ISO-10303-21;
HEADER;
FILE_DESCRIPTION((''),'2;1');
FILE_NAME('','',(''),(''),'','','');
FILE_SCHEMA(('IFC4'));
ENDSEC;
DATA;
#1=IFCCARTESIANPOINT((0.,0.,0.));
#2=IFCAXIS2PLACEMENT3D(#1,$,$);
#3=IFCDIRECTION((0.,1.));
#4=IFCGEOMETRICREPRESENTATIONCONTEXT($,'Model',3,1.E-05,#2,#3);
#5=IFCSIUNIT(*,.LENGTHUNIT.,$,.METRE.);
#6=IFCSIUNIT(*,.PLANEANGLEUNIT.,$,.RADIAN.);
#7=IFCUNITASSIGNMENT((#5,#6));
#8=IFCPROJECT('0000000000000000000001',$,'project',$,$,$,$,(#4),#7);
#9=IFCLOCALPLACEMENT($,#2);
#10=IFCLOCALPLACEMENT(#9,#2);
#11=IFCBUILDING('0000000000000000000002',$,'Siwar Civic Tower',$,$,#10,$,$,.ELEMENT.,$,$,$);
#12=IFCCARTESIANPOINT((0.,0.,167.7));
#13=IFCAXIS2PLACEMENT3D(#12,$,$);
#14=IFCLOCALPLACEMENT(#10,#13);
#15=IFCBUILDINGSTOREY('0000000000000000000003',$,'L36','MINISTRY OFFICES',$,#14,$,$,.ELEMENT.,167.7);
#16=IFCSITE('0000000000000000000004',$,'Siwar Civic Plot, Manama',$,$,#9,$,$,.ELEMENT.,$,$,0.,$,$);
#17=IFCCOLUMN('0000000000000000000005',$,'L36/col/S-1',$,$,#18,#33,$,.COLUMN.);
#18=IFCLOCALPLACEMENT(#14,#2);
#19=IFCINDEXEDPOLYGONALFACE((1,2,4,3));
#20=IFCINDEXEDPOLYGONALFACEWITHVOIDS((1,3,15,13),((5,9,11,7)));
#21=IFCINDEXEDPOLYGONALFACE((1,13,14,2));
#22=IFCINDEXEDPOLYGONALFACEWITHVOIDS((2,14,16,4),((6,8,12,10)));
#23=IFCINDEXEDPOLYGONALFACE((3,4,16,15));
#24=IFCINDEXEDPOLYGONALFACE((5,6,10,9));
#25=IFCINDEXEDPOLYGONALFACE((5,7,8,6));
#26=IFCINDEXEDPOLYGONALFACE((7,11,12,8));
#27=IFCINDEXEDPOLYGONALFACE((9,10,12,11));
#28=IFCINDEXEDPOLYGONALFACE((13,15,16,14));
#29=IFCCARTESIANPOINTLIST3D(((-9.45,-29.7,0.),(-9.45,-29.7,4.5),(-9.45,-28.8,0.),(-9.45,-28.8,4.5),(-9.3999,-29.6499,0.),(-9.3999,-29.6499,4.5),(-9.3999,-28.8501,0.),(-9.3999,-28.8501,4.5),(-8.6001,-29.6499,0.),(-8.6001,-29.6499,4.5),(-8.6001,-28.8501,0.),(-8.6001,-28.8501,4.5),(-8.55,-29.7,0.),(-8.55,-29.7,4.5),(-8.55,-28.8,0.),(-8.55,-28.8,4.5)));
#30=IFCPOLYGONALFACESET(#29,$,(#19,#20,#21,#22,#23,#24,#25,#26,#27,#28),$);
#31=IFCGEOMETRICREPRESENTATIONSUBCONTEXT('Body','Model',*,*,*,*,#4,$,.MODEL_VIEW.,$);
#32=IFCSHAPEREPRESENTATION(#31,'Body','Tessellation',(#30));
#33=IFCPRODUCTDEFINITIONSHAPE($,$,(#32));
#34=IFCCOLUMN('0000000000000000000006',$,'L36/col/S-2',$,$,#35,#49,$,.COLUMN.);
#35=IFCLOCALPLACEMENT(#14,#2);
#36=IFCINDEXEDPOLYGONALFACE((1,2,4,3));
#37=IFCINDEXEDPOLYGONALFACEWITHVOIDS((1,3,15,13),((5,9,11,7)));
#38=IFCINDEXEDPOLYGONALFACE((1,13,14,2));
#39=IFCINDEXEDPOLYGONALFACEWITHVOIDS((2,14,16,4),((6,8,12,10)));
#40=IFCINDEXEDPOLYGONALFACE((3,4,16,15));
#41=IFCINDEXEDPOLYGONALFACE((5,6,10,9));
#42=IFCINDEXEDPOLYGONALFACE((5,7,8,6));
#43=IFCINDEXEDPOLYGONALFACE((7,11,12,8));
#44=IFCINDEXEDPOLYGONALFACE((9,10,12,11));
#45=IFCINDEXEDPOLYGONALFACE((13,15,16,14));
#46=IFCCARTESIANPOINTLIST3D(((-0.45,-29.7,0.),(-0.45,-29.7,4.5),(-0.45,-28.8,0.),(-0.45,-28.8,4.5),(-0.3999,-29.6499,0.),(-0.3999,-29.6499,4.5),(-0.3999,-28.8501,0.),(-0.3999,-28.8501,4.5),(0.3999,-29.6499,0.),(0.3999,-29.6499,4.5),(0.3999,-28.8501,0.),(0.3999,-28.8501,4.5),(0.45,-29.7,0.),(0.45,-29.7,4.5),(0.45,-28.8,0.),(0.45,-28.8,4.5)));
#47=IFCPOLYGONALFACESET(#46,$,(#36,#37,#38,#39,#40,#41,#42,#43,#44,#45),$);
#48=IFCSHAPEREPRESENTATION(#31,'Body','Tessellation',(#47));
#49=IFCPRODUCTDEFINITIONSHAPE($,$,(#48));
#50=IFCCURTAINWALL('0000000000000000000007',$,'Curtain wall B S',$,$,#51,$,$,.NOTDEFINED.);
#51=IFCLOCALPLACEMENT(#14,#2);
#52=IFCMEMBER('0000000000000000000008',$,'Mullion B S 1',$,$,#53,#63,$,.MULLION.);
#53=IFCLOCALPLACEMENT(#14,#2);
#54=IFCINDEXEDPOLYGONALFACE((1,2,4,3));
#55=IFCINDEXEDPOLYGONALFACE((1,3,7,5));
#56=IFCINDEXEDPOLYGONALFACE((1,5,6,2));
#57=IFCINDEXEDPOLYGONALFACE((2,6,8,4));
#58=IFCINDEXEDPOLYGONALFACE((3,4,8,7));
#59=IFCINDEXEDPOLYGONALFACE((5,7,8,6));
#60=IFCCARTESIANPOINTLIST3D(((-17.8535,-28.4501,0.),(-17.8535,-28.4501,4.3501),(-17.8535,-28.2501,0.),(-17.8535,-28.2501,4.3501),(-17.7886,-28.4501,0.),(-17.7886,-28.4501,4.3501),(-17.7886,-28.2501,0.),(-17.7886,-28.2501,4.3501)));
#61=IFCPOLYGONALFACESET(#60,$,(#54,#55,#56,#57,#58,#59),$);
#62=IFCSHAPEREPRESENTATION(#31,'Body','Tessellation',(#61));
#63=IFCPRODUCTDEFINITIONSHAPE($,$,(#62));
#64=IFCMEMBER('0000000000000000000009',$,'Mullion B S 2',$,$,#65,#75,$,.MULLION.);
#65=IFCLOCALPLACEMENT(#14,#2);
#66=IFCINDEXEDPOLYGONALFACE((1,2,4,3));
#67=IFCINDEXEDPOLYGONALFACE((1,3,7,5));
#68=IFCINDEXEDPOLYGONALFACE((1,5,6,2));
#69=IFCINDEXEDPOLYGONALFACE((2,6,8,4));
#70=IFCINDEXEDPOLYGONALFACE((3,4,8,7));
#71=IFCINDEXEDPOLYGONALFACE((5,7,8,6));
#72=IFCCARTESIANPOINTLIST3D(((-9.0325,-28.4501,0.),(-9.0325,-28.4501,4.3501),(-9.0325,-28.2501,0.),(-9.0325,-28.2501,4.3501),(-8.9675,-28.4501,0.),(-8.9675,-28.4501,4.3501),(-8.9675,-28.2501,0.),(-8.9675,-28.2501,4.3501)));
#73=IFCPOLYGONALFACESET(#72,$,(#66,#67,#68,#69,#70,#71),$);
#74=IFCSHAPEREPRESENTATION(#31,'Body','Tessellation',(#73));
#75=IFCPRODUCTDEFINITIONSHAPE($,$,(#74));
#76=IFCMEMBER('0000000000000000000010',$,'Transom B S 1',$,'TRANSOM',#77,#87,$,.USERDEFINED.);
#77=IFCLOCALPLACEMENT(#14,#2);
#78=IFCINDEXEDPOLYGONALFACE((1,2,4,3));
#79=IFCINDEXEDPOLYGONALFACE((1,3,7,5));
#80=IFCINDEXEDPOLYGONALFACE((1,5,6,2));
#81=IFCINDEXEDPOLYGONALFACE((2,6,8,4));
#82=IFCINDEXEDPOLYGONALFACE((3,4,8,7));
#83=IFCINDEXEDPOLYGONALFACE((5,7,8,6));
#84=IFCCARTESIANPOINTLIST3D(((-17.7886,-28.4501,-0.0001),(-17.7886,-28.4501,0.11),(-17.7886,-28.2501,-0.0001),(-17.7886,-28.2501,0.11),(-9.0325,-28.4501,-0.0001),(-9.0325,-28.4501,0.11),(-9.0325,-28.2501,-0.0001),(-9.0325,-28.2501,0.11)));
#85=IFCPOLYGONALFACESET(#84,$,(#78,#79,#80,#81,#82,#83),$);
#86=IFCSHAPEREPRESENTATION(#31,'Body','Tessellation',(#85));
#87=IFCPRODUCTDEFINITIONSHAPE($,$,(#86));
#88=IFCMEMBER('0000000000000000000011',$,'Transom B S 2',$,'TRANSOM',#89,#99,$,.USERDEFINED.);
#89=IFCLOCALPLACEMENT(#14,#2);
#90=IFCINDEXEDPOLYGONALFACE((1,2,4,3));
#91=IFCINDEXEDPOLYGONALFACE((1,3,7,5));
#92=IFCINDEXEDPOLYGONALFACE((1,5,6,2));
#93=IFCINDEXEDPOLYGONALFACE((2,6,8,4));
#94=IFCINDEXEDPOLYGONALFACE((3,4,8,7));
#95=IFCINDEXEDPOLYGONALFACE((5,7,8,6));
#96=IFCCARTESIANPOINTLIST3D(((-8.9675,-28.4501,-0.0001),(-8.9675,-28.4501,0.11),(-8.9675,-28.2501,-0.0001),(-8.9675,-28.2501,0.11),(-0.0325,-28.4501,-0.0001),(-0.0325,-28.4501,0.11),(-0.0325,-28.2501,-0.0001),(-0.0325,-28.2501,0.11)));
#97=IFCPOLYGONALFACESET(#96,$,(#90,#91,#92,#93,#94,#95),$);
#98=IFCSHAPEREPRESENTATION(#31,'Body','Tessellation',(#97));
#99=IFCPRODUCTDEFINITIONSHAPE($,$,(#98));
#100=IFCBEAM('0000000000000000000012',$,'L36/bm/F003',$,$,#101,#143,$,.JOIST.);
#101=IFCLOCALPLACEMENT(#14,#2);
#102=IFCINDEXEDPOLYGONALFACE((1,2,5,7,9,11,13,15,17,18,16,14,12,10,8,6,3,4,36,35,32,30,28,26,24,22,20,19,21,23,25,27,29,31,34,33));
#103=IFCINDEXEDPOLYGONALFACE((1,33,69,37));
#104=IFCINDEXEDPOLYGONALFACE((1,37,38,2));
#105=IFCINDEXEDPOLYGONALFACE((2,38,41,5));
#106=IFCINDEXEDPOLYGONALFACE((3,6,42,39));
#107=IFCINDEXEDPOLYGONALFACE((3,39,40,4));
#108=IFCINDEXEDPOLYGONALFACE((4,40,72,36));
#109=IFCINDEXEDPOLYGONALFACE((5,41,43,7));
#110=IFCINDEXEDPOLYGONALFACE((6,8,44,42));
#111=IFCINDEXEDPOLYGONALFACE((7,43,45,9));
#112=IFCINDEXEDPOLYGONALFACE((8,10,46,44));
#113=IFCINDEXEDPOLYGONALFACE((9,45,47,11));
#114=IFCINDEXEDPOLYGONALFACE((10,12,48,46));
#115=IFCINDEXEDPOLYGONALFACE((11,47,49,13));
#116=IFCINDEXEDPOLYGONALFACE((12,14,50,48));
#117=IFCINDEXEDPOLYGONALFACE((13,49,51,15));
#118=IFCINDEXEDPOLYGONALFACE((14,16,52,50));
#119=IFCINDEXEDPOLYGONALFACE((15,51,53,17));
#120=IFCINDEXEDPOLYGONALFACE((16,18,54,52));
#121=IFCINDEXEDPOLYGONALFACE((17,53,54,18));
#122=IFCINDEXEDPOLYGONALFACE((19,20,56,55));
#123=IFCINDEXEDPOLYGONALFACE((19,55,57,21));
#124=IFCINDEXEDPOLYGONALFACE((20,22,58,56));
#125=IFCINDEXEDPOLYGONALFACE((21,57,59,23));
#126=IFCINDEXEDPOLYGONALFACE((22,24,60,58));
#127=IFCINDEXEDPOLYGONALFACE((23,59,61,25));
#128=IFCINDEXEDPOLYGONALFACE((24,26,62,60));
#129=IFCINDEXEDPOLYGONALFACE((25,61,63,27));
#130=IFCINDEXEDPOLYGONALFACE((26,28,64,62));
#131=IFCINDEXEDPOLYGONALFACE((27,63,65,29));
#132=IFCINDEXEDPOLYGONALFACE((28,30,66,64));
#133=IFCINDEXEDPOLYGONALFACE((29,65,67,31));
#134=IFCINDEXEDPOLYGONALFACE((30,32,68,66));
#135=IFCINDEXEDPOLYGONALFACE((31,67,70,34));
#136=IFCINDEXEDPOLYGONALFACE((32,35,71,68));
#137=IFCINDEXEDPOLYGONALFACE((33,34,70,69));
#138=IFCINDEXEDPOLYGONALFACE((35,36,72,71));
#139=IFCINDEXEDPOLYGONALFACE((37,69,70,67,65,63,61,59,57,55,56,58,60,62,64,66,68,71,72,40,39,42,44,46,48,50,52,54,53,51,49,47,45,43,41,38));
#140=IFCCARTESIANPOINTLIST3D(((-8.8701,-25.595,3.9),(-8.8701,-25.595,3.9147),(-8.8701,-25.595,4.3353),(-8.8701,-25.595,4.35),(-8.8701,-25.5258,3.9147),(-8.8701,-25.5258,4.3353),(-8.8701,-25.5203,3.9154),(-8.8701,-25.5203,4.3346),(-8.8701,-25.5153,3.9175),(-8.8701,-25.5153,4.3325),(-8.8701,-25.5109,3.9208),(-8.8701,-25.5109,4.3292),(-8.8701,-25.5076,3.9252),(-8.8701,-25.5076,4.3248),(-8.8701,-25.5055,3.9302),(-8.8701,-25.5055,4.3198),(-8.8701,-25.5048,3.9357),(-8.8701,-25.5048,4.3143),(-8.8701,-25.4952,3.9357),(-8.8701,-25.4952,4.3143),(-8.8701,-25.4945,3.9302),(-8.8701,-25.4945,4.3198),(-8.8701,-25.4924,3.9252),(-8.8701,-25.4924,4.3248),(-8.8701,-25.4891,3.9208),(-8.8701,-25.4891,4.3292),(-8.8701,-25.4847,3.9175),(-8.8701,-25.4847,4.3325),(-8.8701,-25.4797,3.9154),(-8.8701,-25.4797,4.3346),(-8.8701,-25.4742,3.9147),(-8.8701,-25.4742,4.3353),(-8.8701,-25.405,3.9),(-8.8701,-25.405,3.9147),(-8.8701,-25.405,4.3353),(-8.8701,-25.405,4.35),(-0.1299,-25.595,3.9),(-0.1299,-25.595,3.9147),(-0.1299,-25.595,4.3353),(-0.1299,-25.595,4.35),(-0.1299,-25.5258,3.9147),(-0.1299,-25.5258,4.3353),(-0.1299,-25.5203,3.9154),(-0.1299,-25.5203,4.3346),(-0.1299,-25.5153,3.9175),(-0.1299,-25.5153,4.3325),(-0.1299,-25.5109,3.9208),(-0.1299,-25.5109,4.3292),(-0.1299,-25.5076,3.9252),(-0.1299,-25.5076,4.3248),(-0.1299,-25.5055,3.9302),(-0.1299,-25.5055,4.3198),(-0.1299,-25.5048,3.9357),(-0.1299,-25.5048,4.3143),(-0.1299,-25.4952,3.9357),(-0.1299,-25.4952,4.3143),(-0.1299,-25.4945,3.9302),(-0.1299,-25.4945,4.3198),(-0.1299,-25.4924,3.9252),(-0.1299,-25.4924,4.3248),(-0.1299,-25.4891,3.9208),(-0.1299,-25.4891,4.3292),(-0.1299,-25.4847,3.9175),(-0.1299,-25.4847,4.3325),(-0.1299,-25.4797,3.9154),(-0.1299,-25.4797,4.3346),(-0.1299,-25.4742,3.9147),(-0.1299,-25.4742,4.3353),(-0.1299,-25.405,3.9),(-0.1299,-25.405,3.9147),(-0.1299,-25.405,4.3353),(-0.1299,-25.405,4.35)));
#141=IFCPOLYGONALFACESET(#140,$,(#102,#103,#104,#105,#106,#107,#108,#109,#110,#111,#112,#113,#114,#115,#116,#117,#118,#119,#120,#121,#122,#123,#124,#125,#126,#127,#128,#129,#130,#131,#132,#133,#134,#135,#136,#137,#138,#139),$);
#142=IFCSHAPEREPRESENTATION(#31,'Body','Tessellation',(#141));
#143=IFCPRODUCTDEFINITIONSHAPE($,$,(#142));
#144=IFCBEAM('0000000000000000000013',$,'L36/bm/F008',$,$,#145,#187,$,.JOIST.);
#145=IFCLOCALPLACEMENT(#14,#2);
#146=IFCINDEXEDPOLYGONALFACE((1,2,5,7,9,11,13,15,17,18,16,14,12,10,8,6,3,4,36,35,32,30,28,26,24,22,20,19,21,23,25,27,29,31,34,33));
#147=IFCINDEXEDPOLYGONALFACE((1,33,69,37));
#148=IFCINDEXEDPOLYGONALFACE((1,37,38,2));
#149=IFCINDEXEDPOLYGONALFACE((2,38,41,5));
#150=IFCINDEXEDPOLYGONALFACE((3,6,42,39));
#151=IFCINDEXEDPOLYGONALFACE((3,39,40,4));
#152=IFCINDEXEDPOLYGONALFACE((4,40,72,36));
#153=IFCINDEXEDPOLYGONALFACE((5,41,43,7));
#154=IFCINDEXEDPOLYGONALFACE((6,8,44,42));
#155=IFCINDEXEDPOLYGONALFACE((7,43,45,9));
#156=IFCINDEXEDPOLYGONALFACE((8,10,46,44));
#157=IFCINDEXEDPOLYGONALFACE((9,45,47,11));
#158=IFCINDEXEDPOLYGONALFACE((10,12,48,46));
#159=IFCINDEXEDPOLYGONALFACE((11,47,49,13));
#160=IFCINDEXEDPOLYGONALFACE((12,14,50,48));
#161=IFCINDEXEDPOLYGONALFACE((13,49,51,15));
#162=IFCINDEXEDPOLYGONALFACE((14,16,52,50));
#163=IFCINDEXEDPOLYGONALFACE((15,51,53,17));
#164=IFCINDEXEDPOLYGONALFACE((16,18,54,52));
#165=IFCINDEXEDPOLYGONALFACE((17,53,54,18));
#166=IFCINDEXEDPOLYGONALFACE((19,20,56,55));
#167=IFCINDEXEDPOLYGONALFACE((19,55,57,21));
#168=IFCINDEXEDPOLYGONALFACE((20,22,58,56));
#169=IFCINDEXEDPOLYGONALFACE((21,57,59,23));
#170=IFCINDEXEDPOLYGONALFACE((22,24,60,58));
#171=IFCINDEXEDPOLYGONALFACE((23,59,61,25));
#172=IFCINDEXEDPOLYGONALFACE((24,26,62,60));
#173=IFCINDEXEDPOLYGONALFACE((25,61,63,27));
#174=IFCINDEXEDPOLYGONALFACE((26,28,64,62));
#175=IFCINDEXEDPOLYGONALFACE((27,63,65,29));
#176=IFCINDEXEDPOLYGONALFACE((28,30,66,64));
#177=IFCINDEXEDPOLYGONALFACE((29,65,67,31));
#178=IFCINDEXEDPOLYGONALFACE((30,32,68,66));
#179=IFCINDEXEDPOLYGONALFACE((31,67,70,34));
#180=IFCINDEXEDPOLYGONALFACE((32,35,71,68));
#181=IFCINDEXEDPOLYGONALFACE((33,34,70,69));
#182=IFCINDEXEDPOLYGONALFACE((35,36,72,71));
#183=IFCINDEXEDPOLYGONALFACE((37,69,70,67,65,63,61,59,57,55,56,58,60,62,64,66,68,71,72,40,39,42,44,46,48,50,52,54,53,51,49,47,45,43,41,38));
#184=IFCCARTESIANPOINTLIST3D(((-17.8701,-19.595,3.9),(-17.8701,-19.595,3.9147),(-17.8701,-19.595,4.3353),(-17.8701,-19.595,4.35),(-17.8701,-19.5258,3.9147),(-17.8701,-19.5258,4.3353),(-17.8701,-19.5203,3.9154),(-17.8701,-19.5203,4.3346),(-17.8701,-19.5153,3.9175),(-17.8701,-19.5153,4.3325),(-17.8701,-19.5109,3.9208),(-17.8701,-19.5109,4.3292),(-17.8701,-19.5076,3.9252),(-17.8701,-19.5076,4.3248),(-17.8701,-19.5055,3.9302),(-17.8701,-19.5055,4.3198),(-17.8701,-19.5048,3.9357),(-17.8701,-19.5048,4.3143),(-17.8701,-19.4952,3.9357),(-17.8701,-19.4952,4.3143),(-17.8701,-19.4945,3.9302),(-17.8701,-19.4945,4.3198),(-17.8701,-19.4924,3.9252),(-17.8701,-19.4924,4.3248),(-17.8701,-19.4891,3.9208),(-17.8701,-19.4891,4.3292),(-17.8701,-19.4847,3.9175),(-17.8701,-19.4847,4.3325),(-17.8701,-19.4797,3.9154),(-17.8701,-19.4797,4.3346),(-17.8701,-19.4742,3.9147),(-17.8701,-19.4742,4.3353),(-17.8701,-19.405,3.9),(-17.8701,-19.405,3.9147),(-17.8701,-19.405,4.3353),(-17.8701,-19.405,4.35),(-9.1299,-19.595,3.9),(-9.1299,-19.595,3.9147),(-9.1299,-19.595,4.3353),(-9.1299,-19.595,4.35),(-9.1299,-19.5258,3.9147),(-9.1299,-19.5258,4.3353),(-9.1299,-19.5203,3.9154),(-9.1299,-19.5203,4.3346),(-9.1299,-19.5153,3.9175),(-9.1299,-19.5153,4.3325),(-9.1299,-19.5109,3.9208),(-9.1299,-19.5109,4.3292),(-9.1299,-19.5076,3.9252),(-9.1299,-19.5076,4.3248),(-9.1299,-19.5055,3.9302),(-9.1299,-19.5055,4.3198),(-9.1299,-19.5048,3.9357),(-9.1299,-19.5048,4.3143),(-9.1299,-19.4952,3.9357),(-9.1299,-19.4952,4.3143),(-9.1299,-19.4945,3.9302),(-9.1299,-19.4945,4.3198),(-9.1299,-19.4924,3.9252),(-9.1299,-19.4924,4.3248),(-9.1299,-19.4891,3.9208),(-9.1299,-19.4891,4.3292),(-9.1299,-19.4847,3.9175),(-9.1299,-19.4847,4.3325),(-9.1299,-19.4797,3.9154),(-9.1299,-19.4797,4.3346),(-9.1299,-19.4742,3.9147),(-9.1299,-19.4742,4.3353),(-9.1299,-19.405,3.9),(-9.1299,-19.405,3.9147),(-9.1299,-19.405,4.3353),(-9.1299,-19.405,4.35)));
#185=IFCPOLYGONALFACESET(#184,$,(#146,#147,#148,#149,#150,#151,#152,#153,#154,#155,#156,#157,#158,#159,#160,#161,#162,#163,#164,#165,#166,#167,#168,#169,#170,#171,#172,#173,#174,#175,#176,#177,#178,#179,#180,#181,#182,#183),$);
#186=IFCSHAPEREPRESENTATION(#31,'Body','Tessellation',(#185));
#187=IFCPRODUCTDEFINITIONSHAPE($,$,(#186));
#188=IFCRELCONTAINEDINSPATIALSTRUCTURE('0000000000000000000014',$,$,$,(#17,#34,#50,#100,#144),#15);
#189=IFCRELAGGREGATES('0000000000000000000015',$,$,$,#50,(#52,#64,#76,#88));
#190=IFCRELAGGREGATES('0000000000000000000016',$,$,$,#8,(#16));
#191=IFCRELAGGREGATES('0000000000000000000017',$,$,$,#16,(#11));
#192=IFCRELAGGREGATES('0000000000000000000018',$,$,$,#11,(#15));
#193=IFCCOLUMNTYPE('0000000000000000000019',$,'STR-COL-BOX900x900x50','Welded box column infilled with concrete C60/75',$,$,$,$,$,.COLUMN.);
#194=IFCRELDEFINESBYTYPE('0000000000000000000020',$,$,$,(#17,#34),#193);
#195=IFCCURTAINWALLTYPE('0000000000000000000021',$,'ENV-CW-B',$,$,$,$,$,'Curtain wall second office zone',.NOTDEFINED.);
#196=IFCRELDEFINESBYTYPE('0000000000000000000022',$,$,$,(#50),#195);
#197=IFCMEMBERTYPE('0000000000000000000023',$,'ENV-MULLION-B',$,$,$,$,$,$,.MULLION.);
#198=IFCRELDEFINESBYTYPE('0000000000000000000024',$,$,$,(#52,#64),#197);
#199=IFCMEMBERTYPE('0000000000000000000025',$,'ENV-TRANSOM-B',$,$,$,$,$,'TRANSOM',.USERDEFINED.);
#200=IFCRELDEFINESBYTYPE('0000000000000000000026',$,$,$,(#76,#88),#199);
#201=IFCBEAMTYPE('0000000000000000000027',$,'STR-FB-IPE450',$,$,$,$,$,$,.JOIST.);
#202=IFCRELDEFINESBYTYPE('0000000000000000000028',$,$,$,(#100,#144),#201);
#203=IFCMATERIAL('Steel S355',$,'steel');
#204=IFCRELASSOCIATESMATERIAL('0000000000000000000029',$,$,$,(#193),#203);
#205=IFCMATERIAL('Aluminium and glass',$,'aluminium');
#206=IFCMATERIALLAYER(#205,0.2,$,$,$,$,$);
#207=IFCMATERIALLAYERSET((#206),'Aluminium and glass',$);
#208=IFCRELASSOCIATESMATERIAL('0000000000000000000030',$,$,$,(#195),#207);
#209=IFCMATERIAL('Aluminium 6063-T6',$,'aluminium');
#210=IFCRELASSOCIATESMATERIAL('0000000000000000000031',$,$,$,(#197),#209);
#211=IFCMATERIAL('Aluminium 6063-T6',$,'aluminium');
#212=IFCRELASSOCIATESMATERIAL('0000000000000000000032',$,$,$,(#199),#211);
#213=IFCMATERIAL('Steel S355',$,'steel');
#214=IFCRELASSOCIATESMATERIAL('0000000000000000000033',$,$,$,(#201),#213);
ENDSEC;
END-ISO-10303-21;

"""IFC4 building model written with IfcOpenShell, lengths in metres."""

from ifc_helpers import new_model, si_unit, direction, frame, origin, origin_2d, place, context, subcontext, project, spatial, rectangle, hollow_rectangle, i_section, extrude, material, layer, layer_set, material_profile, profile_set, type_object, element, aggregate, save


model = new_model("IFC4")

# Units and contexts
model_context = context("Model", 3, precision=1e-05, world=origin(), true_north=direction((0.0, 1.0)))
body_context = subcontext(model_context, "Body", "Model", "MODEL_VIEW")
ifc_project = project(units=[si_unit("LENGTHUNIT", "METRE"), si_unit("PLANEANGLEUNIT", "RADIAN")], contexts=[model_context])

# Site, building, storey
site_placement = place(None, origin())
site = spatial("IfcSite", under=ifc_project, at=site_placement, Name="Siwar Civic Plot, Manama", CompositionType="ELEMENT", RefElevation=0.0)
building_placement = place(site_placement, origin())
building = spatial("IfcBuilding", under=site, at=building_placement, Name="Siwar Civic Tower", CompositionType="ELEMENT")
storey_placement = place(building_placement, frame((0.0, 0.0, 167.7)))
storey = spatial("IfcBuildingStorey", under=building, at=storey_placement, Name="L36", Description="MINISTRY OFFICES", CompositionType="ELEMENT", Elevation=167.7)

# Columns
ifc_material_1 = material(Name="Steel S355", Category="steel")
ifc_material_profile_1 = material_profile(ifc_material_1, hollow_rectangle(XDim=0.8999, YDim=0.8999, WallThickness=0.05, at=origin_2d()), Name="BOX900x900x50")
ifc_profile_set_1 = profile_set([ifc_material_profile_1], Name="Steel S355")
column_type = type_object("IfcColumnType", Name="STR-COL-BOX900x900x50", Description="Welded box column infilled with concrete C60/75", PredefinedType="COLUMN", material=ifc_profile_set_1)
for number, where, z_axis, x_axis, name in (
    (1, (-9.0, -29.25, 0.0), (0.0, 0.0, 1.0), (1.0, 0.0, 0.0), "L36/col/S-1"),
    (2, (0.0, -29.25, 0.0), (0.0, 0.0, 1.0), (1.0, 0.0, 0.0), "L36/col/S-2"),
):
    element("IfcColumn", number, at=place(storey_placement, frame(where, z_axis=z_axis, x_axis=x_axis)), inside=storey, type_object=column_type, Name=name, PredefinedType="COLUMN", context=body_context, shape_type="SweptSolid", body=[
        extrude(hollow_rectangle(XDim=0.8999, YDim=0.8999, WallThickness=0.05, at=origin_2d()), origin(), (0.0, 0.0, 1.0), 4.5),
    ])

# Curtain wall, members
ifc_material_2 = material(Name="Aluminium and glass", Category="aluminium")
ifc_layer_1 = layer(ifc_material_2, 0.2)
ifc_layer_set_1 = layer_set([ifc_layer_1], Name="Aluminium and glass")
curtain_wall_type = type_object("IfcCurtainWallType", Name="ENV-CW-B", ElementType="Curtain wall second office zone", PredefinedType="NOTDEFINED", material=ifc_layer_set_1)
curtain_wall_placement = place(storey_placement, origin())
curtain_wall = element("IfcCurtainWall", 3, at=curtain_wall_placement, inside=storey, type_object=curtain_wall_type, Name="Curtain wall B S", PredefinedType="NOTDEFINED")
ifc_material_3 = material(Name="Aluminium 6063-T6", Category="aluminium")
ifc_material_profile_2 = material_profile(ifc_material_3, rectangle(XDim=0.2, YDim=0.0649, at=origin_2d()), Name="AL 200x65")
ifc_profile_set_2 = profile_set([ifc_material_profile_2], Name="Aluminium 6063-T6")
member_type_1 = type_object("IfcMemberType", Name="ENV-MULLION-B", PredefinedType="MULLION", material=ifc_profile_set_2)
member_1_placement = place(storey_placement, frame((-17.821, -28.3501, 0.0), z_axis=(0.0, 0.0, 1.0), x_axis=(0.0, 1.0, 0.0)))
member_1 = element("IfcMember", 4, at=member_1_placement, type_object=member_type_1, Name="Mullion B S 1", PredefinedType="MULLION", context=body_context, shape_type="SweptSolid", body=[
    extrude(rectangle(XDim=0.2, YDim=0.0649, at=origin_2d()), origin(), (0.0, 0.0, 1.0), 4.3501),
])
member_2_placement = place(storey_placement, frame((-9.0, -28.3501, 0.0), z_axis=(0.0, 0.0, 1.0), x_axis=(0.0, 1.0, 0.0)))
member_2 = element("IfcMember", 5, at=member_2_placement, type_object=member_type_1, Name="Mullion B S 2", PredefinedType="MULLION", context=body_context, shape_type="SweptSolid", body=[
    extrude(rectangle(XDim=0.2, YDim=0.0649, at=origin_2d()), origin(), (0.0, 0.0, 1.0), 4.3501),
])
ifc_material_4 = material(Name="Aluminium 6063-T6", Category="aluminium")
ifc_material_profile_3 = material_profile(ifc_material_4, rectangle(XDim=0.2, YDim=0.1101, at=origin_2d()), Name="AL 200x110")
ifc_profile_set_3 = profile_set([ifc_material_profile_3], Name="Aluminium 6063-T6")
member_type_2 = type_object("IfcMemberType", Name="ENV-TRANSOM-B", ElementType="TRANSOM", PredefinedType="USERDEFINED", material=ifc_profile_set_3)
member_3_placement = place(storey_placement, frame((-17.7886, -28.3501, 0.0549), z_axis=(1.0, 0.0, 0.0), x_axis=(0.0, 1.0, 0.0)))
member_3 = element("IfcMember", 6, at=member_3_placement, type_object=member_type_2, Name="Transom B S 1", ObjectType="TRANSOM", PredefinedType="USERDEFINED", context=body_context, shape_type="SweptSolid", body=[
    extrude(rectangle(XDim=0.2, YDim=0.1101, at=origin_2d()), origin(), (0.0, 0.0, 1.0), 8.7561),
])
member_4_placement = place(storey_placement, frame((-8.9675, -28.3501, 0.0549), z_axis=(1.0, 0.0, 0.0), x_axis=(0.0, 1.0, 0.0)))
member_4 = element("IfcMember", 7, at=member_4_placement, type_object=member_type_2, Name="Transom B S 2", ObjectType="TRANSOM", PredefinedType="USERDEFINED", context=body_context, shape_type="SweptSolid", body=[
    extrude(rectangle(XDim=0.2, YDim=0.1101, at=origin_2d()), origin(), (0.0, 0.0, 1.0), 8.9351),
])

# Beams
ifc_material_5 = material(Name="Steel S355", Category="steel")
ifc_material_profile_4 = material_profile(ifc_material_5, i_section(OverallWidth=0.1899, OverallDepth=0.45, WebThickness=0.0095, FlangeThickness=0.0146, FilletRadius=0.021, at=origin_2d()), Name="IPE450")
ifc_profile_set_4 = profile_set([ifc_material_profile_4], Name="Steel S355")
beam_type_1 = type_object("IfcBeamType", Name="STR-FB-IPE450", PredefinedType="JOIST", material=ifc_profile_set_4)
for number, where, z_axis, x_axis, name in (
    (8, (-8.8701, -25.5, 4.125), (1.0, 0.0, 0.0), (0.0, 1.0, 0.0), "L36/bm/F003"),
    (9, (-17.8701, -19.5, 4.125), (1.0, 0.0, 0.0), (0.0, 1.0, 0.0), "L36/bm/F008"),
):
    element("IfcBeam", number, at=place(storey_placement, frame(where, z_axis=z_axis, x_axis=x_axis)), inside=storey, type_object=beam_type_1, Name=name, PredefinedType="JOIST", context=body_context, shape_type="SweptSolid", body=[
        extrude(i_section(OverallWidth=0.1899, OverallDepth=0.45, WebThickness=0.0095, FlangeThickness=0.0146, FilletRadius=0.021, at=origin_2d()), origin(), (0.0, 0.0, 1.0), 8.7402),
    ])

aggregate(curtain_wall, [member_1, member_2, member_3, member_4])

save(model, "model.ifc")
